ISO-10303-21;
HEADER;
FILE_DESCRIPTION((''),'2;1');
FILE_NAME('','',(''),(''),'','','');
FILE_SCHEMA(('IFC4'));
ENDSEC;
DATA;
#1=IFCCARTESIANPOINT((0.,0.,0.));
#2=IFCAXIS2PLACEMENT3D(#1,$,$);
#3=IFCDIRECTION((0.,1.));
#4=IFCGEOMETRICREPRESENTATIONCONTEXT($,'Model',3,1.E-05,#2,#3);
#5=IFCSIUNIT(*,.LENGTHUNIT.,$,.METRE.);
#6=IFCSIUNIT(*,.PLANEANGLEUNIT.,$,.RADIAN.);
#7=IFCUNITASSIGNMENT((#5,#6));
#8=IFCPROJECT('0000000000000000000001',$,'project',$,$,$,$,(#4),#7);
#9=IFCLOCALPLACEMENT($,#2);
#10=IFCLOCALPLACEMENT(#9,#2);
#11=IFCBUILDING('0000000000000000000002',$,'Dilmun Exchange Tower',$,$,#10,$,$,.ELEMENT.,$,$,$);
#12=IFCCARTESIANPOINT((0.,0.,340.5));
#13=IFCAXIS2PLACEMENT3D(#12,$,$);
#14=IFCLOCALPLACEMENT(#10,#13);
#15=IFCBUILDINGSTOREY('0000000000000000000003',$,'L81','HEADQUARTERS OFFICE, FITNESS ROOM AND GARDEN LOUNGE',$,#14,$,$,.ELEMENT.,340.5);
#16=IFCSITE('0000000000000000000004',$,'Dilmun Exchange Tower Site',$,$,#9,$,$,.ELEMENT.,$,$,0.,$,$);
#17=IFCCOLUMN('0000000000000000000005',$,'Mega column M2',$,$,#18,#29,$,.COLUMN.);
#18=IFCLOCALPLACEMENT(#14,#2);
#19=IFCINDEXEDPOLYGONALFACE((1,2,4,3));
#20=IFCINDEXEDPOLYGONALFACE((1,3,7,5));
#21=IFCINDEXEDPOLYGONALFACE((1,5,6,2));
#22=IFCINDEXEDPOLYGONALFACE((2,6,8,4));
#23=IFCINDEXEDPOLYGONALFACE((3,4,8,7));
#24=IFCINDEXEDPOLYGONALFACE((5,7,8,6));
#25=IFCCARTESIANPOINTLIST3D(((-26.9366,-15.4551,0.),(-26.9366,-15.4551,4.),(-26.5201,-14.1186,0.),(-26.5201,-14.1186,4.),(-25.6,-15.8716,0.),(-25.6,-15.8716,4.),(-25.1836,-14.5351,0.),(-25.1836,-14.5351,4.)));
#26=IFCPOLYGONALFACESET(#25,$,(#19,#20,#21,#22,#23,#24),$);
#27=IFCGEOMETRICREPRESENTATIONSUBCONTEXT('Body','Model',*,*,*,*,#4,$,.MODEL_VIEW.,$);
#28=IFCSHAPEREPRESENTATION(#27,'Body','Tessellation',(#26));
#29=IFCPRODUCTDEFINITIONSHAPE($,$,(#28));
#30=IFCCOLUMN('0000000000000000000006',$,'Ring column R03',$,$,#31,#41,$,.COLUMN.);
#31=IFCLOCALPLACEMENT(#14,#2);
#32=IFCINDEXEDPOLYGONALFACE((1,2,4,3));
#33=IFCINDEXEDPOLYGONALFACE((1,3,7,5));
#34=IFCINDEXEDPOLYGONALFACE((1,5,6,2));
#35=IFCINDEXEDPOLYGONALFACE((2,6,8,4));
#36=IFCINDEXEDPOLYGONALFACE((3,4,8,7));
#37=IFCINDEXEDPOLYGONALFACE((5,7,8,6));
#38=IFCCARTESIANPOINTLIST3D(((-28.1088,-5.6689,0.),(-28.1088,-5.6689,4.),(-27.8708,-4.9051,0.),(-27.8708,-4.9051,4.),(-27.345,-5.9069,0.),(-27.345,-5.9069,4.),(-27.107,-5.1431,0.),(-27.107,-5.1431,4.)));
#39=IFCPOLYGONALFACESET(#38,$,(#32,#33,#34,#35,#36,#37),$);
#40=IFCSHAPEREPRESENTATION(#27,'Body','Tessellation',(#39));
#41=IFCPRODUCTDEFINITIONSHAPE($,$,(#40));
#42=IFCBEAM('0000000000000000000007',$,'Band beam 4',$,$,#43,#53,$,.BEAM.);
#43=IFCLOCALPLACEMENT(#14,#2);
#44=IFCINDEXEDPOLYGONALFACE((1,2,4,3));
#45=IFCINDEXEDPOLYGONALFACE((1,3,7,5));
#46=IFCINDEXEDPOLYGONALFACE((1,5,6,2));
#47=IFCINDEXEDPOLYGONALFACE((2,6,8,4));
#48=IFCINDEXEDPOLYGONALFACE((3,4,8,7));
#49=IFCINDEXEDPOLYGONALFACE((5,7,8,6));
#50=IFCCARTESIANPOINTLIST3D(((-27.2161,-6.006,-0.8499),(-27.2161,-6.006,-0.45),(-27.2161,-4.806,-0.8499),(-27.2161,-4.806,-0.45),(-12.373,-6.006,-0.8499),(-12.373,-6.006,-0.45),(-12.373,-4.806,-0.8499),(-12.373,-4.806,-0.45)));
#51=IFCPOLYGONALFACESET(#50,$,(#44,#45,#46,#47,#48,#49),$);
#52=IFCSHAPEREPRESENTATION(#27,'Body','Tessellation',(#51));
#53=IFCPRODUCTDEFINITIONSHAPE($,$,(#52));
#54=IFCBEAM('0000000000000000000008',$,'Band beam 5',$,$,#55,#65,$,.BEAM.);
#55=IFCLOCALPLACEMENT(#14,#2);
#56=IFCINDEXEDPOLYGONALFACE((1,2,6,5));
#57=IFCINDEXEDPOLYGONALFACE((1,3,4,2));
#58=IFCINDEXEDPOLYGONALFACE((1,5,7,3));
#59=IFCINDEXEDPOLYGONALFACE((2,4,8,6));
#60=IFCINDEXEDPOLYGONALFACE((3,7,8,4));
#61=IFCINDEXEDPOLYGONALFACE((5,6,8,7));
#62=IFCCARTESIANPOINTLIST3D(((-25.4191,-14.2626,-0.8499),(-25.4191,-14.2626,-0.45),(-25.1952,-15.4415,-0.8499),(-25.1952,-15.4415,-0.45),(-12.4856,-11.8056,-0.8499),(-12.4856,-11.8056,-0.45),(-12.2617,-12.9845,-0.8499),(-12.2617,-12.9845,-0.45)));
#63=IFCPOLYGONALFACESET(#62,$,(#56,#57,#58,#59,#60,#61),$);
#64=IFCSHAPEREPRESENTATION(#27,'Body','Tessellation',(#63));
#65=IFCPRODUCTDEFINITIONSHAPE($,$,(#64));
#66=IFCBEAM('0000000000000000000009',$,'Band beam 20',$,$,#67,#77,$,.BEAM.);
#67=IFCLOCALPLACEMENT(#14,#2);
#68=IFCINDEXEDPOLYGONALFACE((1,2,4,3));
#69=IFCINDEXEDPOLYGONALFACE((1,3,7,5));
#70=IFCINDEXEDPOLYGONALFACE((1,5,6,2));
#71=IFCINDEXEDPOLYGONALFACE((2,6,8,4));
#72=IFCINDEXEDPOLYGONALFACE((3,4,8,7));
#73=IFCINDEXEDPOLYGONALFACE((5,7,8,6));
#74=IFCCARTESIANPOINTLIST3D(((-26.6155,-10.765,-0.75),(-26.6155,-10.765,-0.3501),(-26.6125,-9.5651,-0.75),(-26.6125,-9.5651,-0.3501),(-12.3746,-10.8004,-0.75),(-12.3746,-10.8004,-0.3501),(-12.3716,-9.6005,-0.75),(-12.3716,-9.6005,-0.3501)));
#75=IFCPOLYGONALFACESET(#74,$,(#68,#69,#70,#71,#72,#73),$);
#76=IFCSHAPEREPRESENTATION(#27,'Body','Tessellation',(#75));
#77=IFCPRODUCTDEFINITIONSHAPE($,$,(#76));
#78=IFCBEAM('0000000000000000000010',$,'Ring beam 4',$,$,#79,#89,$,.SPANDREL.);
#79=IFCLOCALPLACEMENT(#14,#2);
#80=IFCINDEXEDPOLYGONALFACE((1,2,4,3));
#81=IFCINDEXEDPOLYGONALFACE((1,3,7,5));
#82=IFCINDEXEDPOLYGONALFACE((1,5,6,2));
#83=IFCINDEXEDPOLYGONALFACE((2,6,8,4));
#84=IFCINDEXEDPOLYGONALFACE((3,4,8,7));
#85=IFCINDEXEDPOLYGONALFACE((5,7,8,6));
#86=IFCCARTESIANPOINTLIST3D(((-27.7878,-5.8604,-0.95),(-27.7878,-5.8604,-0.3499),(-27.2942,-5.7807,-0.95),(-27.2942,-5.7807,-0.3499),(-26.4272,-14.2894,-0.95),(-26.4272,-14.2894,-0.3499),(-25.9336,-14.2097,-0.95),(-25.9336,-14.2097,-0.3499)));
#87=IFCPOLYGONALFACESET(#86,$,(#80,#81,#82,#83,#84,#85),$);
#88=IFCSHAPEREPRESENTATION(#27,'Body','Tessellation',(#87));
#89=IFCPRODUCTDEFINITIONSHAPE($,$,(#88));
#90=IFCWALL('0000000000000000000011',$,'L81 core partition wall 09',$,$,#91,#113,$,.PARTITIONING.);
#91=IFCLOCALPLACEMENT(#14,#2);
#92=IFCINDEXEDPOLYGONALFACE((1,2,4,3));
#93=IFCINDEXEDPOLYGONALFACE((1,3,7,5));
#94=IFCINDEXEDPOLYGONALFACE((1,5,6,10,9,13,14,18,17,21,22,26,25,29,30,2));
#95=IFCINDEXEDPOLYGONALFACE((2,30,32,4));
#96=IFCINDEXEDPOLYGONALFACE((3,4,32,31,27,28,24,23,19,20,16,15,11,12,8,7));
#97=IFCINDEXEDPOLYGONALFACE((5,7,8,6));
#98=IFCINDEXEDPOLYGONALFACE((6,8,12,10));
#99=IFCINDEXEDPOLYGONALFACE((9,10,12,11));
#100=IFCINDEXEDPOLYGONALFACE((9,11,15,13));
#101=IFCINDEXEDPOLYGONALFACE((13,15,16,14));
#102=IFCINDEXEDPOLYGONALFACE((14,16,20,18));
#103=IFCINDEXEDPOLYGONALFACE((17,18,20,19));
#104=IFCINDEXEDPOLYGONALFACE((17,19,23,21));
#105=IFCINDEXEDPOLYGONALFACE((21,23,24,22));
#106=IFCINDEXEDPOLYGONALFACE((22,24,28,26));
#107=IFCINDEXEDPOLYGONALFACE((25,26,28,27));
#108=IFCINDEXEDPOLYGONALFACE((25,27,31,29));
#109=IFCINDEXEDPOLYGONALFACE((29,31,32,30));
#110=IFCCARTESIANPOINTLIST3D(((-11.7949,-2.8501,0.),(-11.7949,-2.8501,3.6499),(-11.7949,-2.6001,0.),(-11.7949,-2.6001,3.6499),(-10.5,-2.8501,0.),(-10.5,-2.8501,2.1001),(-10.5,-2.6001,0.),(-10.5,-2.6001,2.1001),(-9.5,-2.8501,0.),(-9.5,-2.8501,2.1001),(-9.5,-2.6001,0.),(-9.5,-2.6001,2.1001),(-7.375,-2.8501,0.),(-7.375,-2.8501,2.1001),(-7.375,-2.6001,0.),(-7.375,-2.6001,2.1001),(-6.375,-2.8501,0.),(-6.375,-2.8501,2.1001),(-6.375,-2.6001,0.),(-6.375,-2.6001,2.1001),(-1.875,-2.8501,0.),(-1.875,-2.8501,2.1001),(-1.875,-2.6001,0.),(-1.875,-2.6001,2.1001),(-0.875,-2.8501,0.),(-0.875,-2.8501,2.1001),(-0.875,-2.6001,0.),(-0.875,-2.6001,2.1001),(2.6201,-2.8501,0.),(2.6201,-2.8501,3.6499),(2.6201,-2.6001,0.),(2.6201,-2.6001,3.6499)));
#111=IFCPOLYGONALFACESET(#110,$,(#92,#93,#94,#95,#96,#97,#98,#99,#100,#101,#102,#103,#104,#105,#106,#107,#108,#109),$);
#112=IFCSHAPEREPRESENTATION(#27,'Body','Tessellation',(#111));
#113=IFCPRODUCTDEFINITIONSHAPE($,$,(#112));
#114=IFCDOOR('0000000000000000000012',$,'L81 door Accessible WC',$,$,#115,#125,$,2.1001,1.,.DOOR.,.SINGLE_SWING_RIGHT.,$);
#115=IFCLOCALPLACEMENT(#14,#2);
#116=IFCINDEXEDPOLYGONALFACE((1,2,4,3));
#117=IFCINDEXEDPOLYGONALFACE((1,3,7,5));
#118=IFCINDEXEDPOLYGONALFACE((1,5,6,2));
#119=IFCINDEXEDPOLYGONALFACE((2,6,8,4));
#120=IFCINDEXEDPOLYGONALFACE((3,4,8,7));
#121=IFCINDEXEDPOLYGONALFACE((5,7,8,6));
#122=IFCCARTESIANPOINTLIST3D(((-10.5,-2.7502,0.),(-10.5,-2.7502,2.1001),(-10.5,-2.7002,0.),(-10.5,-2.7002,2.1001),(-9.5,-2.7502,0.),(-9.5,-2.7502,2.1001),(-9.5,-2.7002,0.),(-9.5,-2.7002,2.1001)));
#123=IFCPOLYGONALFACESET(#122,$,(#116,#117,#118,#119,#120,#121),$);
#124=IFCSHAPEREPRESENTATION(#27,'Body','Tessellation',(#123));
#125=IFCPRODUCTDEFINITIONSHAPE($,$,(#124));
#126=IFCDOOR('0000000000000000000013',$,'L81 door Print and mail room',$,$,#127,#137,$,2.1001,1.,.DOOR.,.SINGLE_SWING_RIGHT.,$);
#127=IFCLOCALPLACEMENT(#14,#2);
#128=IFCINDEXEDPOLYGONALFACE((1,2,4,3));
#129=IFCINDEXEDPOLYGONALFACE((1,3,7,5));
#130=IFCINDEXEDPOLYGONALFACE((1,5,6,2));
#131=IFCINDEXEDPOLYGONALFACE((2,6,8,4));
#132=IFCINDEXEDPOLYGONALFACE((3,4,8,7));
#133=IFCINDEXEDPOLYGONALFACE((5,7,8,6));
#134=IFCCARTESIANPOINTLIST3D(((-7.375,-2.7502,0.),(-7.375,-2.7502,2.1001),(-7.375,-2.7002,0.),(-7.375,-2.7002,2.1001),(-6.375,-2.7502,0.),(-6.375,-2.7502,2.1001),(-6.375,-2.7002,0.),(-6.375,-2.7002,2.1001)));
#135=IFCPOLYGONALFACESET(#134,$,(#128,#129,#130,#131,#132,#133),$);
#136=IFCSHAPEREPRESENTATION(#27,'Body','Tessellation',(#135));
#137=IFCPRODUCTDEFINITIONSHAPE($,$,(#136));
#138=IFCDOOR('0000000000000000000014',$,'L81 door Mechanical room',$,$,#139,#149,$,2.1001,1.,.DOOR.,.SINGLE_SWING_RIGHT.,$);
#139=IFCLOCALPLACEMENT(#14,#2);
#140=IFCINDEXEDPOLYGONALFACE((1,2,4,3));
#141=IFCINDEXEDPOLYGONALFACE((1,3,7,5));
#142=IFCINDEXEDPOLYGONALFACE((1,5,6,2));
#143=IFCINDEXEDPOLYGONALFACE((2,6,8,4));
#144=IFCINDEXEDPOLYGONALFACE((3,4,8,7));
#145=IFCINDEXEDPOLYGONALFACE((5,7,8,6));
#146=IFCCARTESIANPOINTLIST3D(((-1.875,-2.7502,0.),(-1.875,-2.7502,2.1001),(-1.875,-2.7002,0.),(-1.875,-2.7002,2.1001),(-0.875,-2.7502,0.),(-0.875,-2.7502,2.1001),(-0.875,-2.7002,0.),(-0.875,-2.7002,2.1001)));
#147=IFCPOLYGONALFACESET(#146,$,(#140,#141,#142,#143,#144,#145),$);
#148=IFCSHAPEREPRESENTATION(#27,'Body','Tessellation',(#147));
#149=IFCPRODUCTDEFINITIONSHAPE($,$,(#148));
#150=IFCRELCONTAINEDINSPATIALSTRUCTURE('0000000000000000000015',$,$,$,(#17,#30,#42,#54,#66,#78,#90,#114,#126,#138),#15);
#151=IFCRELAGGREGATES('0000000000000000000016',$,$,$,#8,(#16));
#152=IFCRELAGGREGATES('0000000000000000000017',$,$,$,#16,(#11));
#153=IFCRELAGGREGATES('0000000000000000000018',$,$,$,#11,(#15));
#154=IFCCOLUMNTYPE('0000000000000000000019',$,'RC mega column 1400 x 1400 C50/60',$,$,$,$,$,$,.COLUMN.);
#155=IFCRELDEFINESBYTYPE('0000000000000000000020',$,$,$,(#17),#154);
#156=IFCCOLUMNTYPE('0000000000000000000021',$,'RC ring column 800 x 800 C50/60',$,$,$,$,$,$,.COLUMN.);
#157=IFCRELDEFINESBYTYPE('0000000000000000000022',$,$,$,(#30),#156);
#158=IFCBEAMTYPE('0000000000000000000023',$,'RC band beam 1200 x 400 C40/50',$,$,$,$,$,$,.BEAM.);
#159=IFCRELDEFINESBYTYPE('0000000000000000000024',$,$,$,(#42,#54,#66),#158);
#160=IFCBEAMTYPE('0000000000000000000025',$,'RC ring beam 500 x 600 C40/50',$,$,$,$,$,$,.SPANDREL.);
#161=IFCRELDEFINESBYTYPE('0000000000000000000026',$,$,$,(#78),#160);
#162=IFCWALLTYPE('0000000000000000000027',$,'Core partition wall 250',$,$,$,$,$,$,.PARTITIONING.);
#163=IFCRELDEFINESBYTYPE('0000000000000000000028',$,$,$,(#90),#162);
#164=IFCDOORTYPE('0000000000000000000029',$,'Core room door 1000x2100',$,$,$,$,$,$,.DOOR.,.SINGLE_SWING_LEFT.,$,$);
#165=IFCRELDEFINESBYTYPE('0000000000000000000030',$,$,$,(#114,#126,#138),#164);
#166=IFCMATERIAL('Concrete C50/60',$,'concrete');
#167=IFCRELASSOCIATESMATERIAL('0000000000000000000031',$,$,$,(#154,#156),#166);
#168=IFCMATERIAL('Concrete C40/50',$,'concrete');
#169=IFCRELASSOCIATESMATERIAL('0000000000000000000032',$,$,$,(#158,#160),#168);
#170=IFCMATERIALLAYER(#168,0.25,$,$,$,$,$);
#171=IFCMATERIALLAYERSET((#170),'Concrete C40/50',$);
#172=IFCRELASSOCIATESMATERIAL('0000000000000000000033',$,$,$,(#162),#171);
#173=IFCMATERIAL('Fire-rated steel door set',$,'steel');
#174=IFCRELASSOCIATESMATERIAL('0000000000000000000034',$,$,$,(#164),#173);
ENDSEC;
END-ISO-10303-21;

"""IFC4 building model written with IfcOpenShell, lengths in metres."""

from ifc_helpers import new_model, si_unit, direction, frame, frame_2d, origin, origin_2d, place, context, subcontext, project, spatial, rectangle, extrude, material, layer, layer_set, material_profile, profile_set, type_object, element, fill, save


model = new_model("IFC4")

# Units and contexts
model_context = context("Model", 3, precision=1e-05, world=origin(), true_north=direction((0.0, 1.0)))
body_context = subcontext(model_context, "Body", "Model", "MODEL_VIEW")
ifc_project = project(units=[si_unit("LENGTHUNIT", "METRE"), si_unit("PLANEANGLEUNIT", "RADIAN")], contexts=[model_context])

# Site, building, storey
site_placement = place(None, origin())
site = spatial("IfcSite", under=ifc_project, at=site_placement, Name="Dilmun Exchange Tower Site", CompositionType="ELEMENT", RefElevation=0.0)
building_placement = place(site_placement, origin())
building = spatial("IfcBuilding", under=site, at=building_placement, Name="Dilmun Exchange Tower", CompositionType="ELEMENT")
storey_placement = place(building_placement, frame((0.0, 0.0, 340.5)))
storey = spatial("IfcBuildingStorey", under=building, at=storey_placement, Name="L81", Description="HEADQUARTERS OFFICE, FITNESS ROOM AND GARDEN LOUNGE", CompositionType="ELEMENT", Elevation=340.5)

# Columns
ifc_material_1 = material(Name="Concrete C50/60", Category="concrete")
ifc_material_profile_1 = material_profile(ifc_material_1, rectangle(XDim=1.3999, YDim=1.3999, at=origin_2d()), Name="1400 x 1400")
ifc_profile_set_1 = profile_set([ifc_material_profile_1], Name="Concrete C50/60")
column_type_1 = type_object("IfcColumnType", Name="RC mega column 1400 x 1400 C50/60", PredefinedType="COLUMN", material=ifc_profile_set_1)
column_1_placement = place(storey_placement, frame((-26.0601, -14.9951, 0.0), z_axis=(0.0, 0.0, 1.0), x_axis=(0.297503, 0.954721, 0.0)))
element("IfcColumn", 1, at=column_1_placement, inside=storey, type_object=column_type_1, Name="Mega column M2", PredefinedType="COLUMN", context=body_context, shape_type="SweptSolid", body=[
    extrude(rectangle(XDim=1.3999, YDim=1.3999, at=origin_2d()), origin(), (0.0, 0.0, 1.0), 4.0),
])
ifc_material_profile_2 = material_profile(ifc_material_1, rectangle(XDim=0.8, YDim=0.8, at=origin_2d()), Name="800 x 800")
ifc_profile_set_2 = profile_set([ifc_material_profile_2], Name="Concrete C50/60")
column_type_2 = type_object("IfcColumnType", Name="RC ring column 800 x 800 C50/60", PredefinedType="COLUMN", material=ifc_profile_set_2)
column_2_placement = place(storey_placement, frame((-27.6079, -5.406, 0.0), z_axis=(0.0, 0.0, 1.0), x_axis=(0.297503, 0.954721, 0.0)))
element("IfcColumn", 2, at=column_2_placement, inside=storey, type_object=column_type_2, Name="Ring column R03", PredefinedType="COLUMN", context=body_context, shape_type="SweptSolid", body=[
    extrude(rectangle(XDim=0.8, YDim=0.8, at=origin_2d()), origin(), (0.0, 0.0, 1.0), 4.0),
])

# Beams
ifc_material_2 = material(Name="Concrete C40/50", Category="concrete")
ifc_material_profile_3 = material_profile(ifc_material_2, rectangle(XDim=1.2, YDim=0.3999, at=origin_2d()), Name="1200 x 400")
ifc_profile_set_3 = profile_set([ifc_material_profile_3], Name="Concrete C40/50")
beam_type_1 = type_object("IfcBeamType", Name="RC band beam 1200 x 400 C40/50", PredefinedType="BEAM", material=ifc_profile_set_3)
beam_1_placement = place(storey_placement, frame((-27.2161, -5.406, -0.6499), z_axis=(1.0, 0.0, 0.0), x_axis=(0.0, 1.0, 0.0)))
element("IfcBeam", 3, at=beam_1_placement, inside=storey, type_object=beam_type_1, Name="Band beam 4", PredefinedType="BEAM", context=body_context, shape_type="SweptSolid", body=[
    extrude(rectangle(XDim=1.2, YDim=0.3999, at=origin_2d()), origin(), (0.0, 0.0, 1.0), 14.843),
])
beam_2_placement = place(storey_placement, frame((-25.3071, -14.8521, -0.6499), z_axis=(0.982429, 0.186635, 0.0), x_axis=(-0.186635, 0.982429, 0.0)))
element("IfcBeam", 4, at=beam_2_placement, inside=storey, type_object=beam_type_1, Name="Band beam 5", PredefinedType="BEAM", context=body_context, shape_type="SweptSolid", body=[
    extrude(rectangle(XDim=1.2, YDim=0.3999, at=origin_2d()), origin(), (0.0, 0.0, 1.0), 13.1648),
])
beam_3_placement = place(storey_placement, frame((-26.614, -10.165, -0.55), z_axis=(0.999997, -0.002486, 0.0), x_axis=(0.002486, 0.999997, 0.0)))
element("IfcBeam", 5, at=beam_3_placement, inside=storey, type_object=beam_type_1, Name="Band beam 20", PredefinedType="BEAM", context=body_context, shape_type="SweptSolid", body=[
    extrude(rectangle(XDim=1.2, YDim=0.3999, at=origin_2d()), origin(), (0.0, 0.0, 1.0), 14.241),
])
ifc_material_profile_4 = material_profile(ifc_material_2, rectangle(XDim=0.5, YDim=0.6001, at=origin_2d()), Name="500 x 600")
ifc_profile_set_4 = profile_set([ifc_material_profile_4], Name="Concrete C40/50")
beam_type_2 = type_object("IfcBeamType", Name="RC ring beam 500 x 600 C40/50", PredefinedType="SPANDREL", material=ifc_profile_set_4)
beam_4_placement = place(storey_placement, frame((-27.541, -5.8206, -0.6499), z_axis=(0.159357, -0.987221, 0.0), x_axis=(0.987221, 0.159357, 0.0)))
element("IfcBeam", 6, at=beam_4_placement, inside=storey, type_object=beam_type_2, Name="Ring beam 4", PredefinedType="SPANDREL", context=body_context, shape_type="SweptSolid", body=[
    extrude(rectangle(XDim=0.5, YDim=0.6001, at=origin_2d()), origin(), (0.0, 0.0, 1.0), 8.5381),
])

# Wall, openings, doors
ifc_layer_1 = layer(ifc_material_2, 0.25)
ifc_layer_set_1 = layer_set([ifc_layer_1], Name="Concrete C40/50")
wall_type_1 = type_object("IfcWallType", Name="Core partition wall 250", PredefinedType="PARTITIONING", material=ifc_layer_set_1)
wall_1_placement = place(storey_placement, frame((-11.7949, -2.7251, 0.0), z_axis=(0.0, 0.0, 1.0), x_axis=(1.0, 0.0, 0.0)))
wall_1 = element("IfcWall", 7, at=wall_1_placement, inside=storey, type_object=wall_type_1, Name="L81 core partition wall 09", PredefinedType="PARTITIONING", context=body_context, shape_type="SweptSolid", body=[
    extrude(rectangle(XDim=14.415, YDim=0.25, at=frame_2d((7.2075, 0.0))), origin(), (0.0, 0.0, 1.0), 3.6499),
])
opening_1_placement = place(wall_1_placement, frame((1.2949, 0.0, 0.0)))
opening_1 = element("IfcOpeningElement", 8, at=opening_1_placement, cuts=wall_1, PredefinedType="OPENING", context=body_context, shape_type="SweptSolid", body=[
    extrude(rectangle(XDim=1.0, YDim=2.1001, at=frame_2d((0.5, 1.05))), frame((0.0, 0.135, 0.0), z_axis=(0.0, -1.0, 0.0), x_axis=(1.0, 0.0, 0.0)), (0.0, 0.0, 1.0), 0.27),
])
opening_2_placement = place(wall_1_placement, frame((4.4199, 0.0, 0.0)))
opening_2 = element("IfcOpeningElement", 9, at=opening_2_placement, cuts=wall_1, PredefinedType="OPENING", context=body_context, shape_type="SweptSolid", body=[
    extrude(rectangle(XDim=1.0, YDim=2.1001, at=frame_2d((0.5, 1.05))), frame((0.0, 0.135, 0.0), z_axis=(0.0, -1.0, 0.0), x_axis=(1.0, 0.0, 0.0)), (0.0, 0.0, 1.0), 0.27),
])
opening_3_placement = place(wall_1_placement, frame((9.9199, 0.0, 0.0)))
opening_3 = element("IfcOpeningElement", 10, at=opening_3_placement, cuts=wall_1, PredefinedType="OPENING", context=body_context, shape_type="SweptSolid", body=[
    extrude(rectangle(XDim=1.0, YDim=2.1001, at=frame_2d((0.5, 1.05))), frame((0.0, 0.135, 0.0), z_axis=(0.0, -1.0, 0.0), x_axis=(1.0, 0.0, 0.0)), (0.0, 0.0, 1.0), 0.27),
])
ifc_material_3 = material(Name="Fire-rated steel door set", Category="steel")
door_type_1 = type_object("IfcDoorType", Name="Core room door 1000x2100", OperationType="SINGLE_SWING_LEFT", PredefinedType="DOOR", material=ifc_material_3)
door_1_placement = place(opening_1_placement, origin())
door_1 = element("IfcDoor", 11, at=door_1_placement, inside=storey, type_object=door_type_1, Name="L81 door Accessible WC", OperationType="SINGLE_SWING_RIGHT", OverallHeight=2.1001, OverallWidth=1.0, PredefinedType="DOOR", context=body_context, shape_type="SweptSolid", body=[
    extrude(rectangle(XDim=1.0, YDim=2.1001, at=frame_2d((0.5, 1.05))), frame((0.0, 0.0249, 0.0), z_axis=(0.0, -1.0, 0.0), x_axis=(1.0, 0.0, 0.0)), (0.0, 0.0, 1.0), 0.05),
])
fill(opening_1, door_1)
door_2_placement = place(opening_2_placement, origin())
door_2 = element("IfcDoor", 12, at=door_2_placement, inside=storey, type_object=door_type_1, Name="L81 door Print and mail room", OperationType="SINGLE_SWING_RIGHT", OverallHeight=2.1001, OverallWidth=1.0, PredefinedType="DOOR", context=body_context, shape_type="SweptSolid", body=[
    extrude(rectangle(XDim=1.0, YDim=2.1001, at=frame_2d((0.5, 1.05))), frame((0.0, 0.0249, 0.0), z_axis=(0.0, -1.0, 0.0), x_axis=(1.0, 0.0, 0.0)), (0.0, 0.0, 1.0), 0.05),
])
fill(opening_2, door_2)
door_3_placement = place(opening_3_placement, origin())
door_3 = element("IfcDoor", 13, at=door_3_placement, inside=storey, type_object=door_type_1, Name="L81 door Mechanical room", OperationType="SINGLE_SWING_RIGHT", OverallHeight=2.1001, OverallWidth=1.0, PredefinedType="DOOR", context=body_context, shape_type="SweptSolid", body=[
    extrude(rectangle(XDim=1.0, YDim=2.1001, at=frame_2d((0.5, 1.05))), frame((0.0, 0.0249, 0.0), z_axis=(0.0, -1.0, 0.0), x_axis=(1.0, 0.0, 0.0)), (0.0, 0.0, 1.0), 0.05),
])
fill(opening_3, door_3)

save(model, "model.ifc")
